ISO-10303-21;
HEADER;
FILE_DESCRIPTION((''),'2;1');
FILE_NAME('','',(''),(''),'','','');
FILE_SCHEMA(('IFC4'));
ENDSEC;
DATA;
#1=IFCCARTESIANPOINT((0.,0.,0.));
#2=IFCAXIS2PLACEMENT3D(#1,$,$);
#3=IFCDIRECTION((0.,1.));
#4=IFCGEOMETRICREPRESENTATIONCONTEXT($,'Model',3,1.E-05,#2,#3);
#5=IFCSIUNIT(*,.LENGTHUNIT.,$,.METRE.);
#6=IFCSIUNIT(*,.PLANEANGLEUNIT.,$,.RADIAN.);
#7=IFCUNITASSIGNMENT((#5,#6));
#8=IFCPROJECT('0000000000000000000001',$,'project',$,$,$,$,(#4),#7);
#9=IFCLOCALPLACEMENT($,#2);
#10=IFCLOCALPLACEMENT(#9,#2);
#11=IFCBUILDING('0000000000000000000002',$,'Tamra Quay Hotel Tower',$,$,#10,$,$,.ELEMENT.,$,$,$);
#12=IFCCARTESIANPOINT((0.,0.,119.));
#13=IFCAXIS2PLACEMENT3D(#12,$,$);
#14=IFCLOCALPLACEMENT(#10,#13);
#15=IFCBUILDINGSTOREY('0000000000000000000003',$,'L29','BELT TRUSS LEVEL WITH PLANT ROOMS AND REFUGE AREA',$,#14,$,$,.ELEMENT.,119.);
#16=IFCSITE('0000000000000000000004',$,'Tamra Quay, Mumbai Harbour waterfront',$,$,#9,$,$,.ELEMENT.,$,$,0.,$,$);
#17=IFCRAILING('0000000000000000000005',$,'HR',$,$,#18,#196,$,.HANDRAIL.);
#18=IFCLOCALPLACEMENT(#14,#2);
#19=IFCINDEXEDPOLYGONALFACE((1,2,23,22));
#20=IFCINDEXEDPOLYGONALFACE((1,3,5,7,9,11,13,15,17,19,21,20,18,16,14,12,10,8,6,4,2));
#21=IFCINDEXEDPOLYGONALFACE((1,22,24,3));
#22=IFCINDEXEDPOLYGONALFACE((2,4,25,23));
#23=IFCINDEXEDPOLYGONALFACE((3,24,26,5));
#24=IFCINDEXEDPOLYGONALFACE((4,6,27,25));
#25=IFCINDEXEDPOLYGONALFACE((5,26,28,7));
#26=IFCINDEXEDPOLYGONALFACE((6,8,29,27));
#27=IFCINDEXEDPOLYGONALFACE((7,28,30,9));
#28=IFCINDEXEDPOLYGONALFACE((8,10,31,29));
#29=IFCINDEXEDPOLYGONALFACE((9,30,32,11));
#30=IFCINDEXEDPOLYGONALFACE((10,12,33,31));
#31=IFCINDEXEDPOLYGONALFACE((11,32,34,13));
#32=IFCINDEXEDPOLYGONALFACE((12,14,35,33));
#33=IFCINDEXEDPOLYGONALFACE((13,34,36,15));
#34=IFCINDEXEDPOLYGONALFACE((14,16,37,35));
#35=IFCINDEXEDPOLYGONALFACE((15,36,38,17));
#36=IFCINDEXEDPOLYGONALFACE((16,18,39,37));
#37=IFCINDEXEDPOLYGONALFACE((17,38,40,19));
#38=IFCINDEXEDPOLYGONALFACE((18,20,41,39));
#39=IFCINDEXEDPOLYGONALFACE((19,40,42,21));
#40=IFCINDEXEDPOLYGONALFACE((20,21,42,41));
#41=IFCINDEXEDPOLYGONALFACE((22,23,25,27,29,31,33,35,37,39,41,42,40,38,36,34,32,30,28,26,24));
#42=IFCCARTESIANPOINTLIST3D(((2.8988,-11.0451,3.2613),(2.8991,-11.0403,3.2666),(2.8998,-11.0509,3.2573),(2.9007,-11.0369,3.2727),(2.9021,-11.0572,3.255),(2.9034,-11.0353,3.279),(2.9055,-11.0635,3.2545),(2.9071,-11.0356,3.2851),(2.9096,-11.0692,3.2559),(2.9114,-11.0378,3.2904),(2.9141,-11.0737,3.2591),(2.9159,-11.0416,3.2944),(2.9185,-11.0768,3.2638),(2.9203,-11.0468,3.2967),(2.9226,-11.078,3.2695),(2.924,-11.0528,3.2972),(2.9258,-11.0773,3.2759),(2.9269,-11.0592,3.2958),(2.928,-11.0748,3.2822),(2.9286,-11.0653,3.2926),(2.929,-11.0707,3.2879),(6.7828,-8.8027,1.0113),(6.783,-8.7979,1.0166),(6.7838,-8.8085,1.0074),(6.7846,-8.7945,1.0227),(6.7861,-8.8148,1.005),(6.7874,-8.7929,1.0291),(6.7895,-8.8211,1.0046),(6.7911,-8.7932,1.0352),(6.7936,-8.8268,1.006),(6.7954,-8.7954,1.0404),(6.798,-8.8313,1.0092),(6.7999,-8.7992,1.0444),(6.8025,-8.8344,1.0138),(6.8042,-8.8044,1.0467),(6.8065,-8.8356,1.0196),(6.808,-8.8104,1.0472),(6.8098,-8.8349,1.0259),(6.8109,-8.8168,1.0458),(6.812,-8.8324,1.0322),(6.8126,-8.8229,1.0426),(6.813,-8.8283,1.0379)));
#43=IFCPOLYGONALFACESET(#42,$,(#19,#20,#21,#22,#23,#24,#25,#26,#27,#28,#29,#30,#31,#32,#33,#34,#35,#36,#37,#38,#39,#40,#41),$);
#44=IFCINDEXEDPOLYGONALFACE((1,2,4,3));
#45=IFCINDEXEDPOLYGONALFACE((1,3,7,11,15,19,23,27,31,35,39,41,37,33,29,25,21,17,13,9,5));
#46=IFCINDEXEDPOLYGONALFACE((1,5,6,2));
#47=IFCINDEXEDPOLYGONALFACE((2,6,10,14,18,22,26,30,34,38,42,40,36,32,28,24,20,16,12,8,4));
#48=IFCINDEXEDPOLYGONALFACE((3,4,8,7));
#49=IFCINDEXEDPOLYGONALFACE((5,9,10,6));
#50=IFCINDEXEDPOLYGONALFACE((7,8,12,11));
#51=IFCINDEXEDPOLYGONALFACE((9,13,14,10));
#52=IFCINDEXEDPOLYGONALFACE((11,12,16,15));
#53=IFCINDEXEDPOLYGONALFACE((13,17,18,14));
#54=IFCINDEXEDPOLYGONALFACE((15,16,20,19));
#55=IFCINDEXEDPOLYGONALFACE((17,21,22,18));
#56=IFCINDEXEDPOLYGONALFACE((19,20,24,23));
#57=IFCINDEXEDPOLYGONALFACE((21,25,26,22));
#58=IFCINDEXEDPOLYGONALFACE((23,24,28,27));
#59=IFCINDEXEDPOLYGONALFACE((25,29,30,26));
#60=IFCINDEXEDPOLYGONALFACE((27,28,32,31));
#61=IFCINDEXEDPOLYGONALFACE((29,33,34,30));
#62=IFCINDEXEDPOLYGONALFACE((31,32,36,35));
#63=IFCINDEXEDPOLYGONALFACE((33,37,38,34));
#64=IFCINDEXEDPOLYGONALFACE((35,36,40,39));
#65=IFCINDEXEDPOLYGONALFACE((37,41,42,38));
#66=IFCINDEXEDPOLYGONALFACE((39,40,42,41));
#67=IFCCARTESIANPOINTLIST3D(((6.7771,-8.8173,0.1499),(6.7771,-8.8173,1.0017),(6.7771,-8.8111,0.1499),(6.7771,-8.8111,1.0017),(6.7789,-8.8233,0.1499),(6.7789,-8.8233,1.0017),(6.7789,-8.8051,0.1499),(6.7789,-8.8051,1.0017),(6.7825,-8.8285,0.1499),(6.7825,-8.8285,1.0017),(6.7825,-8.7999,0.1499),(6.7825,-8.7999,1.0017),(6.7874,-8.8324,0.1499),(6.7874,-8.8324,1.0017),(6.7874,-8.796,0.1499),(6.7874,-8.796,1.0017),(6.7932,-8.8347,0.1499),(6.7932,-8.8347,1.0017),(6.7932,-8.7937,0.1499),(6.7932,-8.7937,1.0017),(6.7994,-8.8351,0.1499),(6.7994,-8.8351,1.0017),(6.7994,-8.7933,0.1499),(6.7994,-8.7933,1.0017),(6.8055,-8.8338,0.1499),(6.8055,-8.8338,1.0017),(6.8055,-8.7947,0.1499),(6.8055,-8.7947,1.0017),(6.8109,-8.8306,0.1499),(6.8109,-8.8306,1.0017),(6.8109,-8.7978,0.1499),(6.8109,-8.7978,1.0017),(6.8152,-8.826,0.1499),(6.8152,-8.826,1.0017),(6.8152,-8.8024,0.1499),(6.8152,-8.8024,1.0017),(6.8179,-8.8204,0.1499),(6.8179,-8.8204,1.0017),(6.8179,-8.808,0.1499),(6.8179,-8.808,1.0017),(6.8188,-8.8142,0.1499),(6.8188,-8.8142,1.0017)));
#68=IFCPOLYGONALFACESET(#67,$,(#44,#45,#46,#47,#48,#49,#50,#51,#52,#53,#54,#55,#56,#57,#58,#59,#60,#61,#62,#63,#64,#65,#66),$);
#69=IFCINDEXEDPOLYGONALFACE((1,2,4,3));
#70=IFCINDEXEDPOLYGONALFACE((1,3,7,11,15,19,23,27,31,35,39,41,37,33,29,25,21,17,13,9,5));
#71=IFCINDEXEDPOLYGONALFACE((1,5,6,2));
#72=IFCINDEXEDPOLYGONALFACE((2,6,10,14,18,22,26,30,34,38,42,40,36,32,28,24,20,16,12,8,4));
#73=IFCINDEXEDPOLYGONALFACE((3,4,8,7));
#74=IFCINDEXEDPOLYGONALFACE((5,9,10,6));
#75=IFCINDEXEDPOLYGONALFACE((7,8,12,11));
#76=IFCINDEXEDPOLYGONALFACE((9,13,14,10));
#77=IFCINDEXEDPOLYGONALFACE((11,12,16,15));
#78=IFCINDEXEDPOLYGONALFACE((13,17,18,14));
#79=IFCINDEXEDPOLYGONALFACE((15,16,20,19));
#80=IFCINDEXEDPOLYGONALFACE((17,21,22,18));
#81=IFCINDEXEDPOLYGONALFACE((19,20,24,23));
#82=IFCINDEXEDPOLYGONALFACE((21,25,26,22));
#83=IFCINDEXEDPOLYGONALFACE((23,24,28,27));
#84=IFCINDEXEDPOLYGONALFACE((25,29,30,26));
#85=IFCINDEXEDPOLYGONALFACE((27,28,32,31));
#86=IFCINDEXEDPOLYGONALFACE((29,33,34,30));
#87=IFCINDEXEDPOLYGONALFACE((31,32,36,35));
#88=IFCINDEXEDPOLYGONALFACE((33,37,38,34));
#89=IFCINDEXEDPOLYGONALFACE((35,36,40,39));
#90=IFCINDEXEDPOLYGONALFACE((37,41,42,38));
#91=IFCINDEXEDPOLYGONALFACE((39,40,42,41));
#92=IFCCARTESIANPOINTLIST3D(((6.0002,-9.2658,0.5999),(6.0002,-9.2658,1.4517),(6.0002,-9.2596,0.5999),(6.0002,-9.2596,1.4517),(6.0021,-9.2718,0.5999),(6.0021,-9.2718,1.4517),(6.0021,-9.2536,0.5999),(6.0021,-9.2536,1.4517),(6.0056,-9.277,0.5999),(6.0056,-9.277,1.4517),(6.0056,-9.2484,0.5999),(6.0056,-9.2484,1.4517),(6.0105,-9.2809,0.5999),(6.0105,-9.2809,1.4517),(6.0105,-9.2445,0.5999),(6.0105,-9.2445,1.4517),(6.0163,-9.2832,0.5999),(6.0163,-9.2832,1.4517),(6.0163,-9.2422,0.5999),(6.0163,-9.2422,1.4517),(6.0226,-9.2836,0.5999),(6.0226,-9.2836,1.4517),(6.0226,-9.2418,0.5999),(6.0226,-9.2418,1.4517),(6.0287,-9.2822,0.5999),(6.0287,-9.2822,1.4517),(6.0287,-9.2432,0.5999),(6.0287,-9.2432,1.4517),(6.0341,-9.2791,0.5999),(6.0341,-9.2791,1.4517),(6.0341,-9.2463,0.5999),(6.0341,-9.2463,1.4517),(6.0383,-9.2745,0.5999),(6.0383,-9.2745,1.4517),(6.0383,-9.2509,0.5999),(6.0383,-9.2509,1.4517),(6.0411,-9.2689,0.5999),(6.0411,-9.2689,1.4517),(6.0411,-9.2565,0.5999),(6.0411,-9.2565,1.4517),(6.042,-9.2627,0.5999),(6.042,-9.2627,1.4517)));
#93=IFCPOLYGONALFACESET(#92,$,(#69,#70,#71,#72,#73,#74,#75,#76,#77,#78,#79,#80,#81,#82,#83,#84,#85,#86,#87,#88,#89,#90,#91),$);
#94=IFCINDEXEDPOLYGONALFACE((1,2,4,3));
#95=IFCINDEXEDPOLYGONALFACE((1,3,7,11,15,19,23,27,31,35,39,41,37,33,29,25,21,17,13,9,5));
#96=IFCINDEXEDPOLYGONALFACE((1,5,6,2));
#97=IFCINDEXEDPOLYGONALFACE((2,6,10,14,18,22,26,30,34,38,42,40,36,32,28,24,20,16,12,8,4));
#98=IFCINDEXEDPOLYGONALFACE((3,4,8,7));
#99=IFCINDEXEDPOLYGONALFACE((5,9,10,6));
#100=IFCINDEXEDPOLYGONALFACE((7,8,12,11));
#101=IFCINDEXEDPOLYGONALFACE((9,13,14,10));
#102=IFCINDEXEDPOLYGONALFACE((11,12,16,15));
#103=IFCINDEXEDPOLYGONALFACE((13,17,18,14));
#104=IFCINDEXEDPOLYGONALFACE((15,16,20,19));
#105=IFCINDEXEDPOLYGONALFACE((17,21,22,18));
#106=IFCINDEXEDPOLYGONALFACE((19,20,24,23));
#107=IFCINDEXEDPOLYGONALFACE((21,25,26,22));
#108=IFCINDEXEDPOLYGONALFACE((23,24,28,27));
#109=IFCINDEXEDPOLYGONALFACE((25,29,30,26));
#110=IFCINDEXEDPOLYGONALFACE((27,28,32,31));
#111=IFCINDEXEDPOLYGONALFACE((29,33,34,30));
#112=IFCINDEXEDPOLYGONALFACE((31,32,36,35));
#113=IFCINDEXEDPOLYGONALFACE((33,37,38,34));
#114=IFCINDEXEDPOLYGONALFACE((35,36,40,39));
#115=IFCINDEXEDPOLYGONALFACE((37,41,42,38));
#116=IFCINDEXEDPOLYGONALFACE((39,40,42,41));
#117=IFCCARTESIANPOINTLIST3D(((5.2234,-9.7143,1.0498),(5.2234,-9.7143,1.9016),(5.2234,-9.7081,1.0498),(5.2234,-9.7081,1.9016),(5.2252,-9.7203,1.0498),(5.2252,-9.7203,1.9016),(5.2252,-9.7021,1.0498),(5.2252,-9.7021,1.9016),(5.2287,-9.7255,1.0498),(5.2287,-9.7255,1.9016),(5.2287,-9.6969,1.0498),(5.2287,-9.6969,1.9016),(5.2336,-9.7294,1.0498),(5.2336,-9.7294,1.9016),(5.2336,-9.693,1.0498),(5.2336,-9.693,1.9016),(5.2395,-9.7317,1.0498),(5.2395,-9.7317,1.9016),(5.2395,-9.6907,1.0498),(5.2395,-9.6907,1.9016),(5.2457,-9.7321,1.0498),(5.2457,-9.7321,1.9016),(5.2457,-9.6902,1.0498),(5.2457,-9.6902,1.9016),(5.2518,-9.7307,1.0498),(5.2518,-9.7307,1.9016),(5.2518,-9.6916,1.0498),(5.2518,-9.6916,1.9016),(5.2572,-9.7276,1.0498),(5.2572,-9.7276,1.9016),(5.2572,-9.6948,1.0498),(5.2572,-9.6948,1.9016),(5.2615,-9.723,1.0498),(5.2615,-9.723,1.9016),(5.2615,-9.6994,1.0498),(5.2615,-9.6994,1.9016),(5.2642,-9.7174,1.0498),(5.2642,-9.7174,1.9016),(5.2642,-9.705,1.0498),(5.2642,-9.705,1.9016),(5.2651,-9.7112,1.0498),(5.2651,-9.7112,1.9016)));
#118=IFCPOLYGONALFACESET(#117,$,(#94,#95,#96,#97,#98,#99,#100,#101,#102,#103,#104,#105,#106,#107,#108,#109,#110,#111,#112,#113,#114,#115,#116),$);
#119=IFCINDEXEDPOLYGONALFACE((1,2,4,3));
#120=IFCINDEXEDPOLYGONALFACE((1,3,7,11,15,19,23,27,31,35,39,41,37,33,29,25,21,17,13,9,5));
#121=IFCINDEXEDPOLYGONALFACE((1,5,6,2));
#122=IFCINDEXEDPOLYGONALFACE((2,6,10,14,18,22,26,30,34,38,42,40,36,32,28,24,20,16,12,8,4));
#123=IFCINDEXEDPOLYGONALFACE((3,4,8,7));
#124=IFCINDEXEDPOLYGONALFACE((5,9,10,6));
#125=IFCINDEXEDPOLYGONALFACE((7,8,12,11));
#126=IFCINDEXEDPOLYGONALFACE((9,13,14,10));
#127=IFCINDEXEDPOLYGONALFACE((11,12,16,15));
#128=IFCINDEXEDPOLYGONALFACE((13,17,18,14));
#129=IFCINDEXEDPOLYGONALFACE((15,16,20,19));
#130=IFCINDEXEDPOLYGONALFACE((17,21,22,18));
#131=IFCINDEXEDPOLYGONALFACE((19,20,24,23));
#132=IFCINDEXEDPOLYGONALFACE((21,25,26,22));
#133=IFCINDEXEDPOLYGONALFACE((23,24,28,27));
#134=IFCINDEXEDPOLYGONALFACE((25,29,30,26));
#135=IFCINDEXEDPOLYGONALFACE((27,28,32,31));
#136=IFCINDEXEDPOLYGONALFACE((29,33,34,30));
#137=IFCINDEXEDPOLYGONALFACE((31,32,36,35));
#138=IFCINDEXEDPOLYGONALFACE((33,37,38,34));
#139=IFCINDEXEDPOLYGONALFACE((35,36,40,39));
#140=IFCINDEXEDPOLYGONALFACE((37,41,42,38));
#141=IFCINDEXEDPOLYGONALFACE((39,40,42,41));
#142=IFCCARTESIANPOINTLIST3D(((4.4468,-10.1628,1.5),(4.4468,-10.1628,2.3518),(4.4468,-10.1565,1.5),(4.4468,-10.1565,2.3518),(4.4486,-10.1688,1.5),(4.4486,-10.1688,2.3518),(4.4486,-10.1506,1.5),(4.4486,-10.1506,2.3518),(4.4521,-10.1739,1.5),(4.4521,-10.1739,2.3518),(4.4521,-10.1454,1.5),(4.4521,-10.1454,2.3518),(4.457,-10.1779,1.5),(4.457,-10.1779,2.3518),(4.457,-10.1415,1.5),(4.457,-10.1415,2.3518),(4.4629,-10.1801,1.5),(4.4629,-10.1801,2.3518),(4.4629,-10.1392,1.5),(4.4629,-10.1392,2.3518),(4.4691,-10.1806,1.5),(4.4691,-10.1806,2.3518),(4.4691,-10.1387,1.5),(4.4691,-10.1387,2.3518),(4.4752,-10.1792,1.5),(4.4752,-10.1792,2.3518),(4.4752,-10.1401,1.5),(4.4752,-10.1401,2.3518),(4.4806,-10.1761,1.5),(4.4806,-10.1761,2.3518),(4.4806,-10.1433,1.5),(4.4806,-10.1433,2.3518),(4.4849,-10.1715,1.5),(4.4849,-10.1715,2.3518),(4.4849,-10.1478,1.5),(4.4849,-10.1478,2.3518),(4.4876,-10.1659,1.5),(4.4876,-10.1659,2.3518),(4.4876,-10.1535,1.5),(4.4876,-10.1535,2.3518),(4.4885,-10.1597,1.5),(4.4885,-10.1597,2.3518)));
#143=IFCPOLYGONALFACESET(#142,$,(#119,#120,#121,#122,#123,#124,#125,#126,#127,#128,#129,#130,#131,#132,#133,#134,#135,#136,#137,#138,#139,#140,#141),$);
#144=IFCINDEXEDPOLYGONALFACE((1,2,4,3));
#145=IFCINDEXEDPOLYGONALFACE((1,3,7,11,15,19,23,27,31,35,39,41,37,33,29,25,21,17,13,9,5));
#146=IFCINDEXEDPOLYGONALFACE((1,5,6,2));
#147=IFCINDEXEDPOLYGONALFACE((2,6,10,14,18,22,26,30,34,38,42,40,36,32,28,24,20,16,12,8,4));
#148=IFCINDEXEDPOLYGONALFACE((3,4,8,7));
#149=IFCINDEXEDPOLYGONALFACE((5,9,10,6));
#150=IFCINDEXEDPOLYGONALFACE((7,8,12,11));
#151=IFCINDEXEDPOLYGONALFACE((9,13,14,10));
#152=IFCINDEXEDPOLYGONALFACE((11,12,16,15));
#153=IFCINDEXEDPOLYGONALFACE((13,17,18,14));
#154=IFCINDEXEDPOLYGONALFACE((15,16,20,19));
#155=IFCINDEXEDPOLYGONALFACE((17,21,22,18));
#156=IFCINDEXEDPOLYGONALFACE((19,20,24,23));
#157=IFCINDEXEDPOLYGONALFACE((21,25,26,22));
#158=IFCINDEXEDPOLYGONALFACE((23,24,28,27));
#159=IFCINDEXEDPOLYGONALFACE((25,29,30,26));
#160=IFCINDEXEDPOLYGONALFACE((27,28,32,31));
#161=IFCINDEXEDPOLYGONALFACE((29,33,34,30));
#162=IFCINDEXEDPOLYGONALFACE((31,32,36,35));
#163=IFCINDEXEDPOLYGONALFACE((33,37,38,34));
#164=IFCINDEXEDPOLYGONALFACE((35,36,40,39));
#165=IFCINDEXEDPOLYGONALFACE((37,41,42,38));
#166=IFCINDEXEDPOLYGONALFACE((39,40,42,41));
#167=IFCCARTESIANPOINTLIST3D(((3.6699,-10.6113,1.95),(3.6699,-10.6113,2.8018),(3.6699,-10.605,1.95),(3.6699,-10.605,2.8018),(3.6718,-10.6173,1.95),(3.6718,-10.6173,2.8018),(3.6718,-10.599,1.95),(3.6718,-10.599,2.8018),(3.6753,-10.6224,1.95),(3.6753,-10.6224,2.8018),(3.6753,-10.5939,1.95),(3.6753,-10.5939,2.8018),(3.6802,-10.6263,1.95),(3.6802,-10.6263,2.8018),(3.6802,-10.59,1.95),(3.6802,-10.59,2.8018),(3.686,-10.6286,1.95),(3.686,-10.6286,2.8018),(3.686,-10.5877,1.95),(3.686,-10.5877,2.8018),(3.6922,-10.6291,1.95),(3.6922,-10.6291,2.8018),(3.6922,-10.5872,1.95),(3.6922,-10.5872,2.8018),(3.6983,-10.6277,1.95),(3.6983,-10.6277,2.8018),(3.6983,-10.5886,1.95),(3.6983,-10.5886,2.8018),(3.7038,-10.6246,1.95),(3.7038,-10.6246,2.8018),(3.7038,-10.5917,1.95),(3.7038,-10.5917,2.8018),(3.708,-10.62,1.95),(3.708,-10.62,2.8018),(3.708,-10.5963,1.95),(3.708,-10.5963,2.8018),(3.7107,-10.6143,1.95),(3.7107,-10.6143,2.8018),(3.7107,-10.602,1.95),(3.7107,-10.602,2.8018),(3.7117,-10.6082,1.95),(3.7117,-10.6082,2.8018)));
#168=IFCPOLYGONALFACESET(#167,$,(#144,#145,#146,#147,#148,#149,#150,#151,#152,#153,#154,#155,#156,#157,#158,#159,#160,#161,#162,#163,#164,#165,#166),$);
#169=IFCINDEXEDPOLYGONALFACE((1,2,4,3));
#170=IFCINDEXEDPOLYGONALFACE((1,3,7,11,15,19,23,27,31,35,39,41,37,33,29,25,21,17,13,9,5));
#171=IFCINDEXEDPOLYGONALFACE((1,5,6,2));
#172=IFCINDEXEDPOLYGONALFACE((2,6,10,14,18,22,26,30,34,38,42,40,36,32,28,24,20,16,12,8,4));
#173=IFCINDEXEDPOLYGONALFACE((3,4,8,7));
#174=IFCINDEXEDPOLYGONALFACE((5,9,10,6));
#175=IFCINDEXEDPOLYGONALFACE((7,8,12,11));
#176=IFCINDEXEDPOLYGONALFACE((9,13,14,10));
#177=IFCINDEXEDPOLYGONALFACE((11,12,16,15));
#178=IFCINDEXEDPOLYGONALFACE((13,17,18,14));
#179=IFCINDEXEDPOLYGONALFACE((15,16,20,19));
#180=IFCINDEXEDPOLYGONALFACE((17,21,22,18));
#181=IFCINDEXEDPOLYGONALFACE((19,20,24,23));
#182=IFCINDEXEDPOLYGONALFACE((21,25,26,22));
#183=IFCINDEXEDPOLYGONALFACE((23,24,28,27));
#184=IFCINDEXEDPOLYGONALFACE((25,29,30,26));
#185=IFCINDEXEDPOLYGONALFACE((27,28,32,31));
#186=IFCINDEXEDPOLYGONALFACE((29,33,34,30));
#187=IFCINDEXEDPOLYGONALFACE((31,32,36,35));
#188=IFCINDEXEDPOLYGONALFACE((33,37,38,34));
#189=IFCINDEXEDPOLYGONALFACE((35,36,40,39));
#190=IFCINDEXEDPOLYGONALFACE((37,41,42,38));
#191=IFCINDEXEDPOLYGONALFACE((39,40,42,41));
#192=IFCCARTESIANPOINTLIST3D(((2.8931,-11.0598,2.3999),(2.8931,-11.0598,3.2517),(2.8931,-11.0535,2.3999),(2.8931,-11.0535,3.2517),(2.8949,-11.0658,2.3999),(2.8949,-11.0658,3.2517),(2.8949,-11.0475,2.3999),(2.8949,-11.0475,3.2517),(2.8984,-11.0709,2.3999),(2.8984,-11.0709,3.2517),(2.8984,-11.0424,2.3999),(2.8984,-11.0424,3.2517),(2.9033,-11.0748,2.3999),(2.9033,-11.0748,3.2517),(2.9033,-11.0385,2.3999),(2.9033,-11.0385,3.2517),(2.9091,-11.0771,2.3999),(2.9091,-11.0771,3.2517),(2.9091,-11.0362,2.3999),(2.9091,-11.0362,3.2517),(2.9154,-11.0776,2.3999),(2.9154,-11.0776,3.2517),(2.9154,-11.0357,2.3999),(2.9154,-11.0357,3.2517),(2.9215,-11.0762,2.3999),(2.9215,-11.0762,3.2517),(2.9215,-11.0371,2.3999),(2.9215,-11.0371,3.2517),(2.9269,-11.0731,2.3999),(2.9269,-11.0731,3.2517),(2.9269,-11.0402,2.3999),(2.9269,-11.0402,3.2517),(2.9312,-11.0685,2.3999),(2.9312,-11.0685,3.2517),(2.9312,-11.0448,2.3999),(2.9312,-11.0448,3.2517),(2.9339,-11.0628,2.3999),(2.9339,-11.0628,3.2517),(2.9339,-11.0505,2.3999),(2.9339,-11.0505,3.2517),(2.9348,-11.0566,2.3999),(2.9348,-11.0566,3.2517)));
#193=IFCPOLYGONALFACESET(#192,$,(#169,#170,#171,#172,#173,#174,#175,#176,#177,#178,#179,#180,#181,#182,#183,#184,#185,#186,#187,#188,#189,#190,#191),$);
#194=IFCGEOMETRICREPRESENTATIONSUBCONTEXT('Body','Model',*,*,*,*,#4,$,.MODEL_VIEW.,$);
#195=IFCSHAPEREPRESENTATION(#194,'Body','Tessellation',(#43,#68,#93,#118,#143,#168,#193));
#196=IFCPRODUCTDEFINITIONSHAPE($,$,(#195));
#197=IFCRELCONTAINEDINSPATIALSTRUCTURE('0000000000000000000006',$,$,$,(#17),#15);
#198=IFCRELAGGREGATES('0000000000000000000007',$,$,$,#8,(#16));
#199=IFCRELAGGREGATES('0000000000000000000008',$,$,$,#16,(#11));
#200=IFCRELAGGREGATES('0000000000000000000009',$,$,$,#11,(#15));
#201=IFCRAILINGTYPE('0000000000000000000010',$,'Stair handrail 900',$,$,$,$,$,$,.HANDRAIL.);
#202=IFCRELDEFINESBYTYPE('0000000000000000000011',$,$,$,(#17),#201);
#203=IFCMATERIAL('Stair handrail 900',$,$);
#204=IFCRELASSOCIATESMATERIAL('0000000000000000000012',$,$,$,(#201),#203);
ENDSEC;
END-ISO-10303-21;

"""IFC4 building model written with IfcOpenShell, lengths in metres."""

from ifc_helpers import new_model, si_unit, direction, frame, origin, origin_2d, place, context, subcontext, project, spatial, circle, extrude, material, type_object, element, save


model = new_model("IFC4")

# Units and contexts
model_context = context("Model", 3, precision=1e-05, world=origin(), true_north=direction((0.0, 1.0)))
body_context = subcontext(model_context, "Body", "Model", "MODEL_VIEW")
ifc_project = project(units=[si_unit("LENGTHUNIT", "METRE"), si_unit("PLANEANGLEUNIT", "RADIAN")], contexts=[model_context])

# Site, building, storey
site_placement = place(None, origin())
site = spatial("IfcSite", under=ifc_project, at=site_placement, Name="Tamra Quay, Mumbai Harbour waterfront", CompositionType="ELEMENT", RefElevation=0.0)
building_placement = place(site_placement, origin())
building = spatial("IfcBuilding", under=site, at=building_placement, Name="Tamra Quay Hotel Tower", CompositionType="ELEMENT")
storey_placement = place(building_placement, frame((0.0, 0.0, 119.0)))
storey = spatial("IfcBuildingStorey", under=building, at=storey_placement, Name="L29", Description="BELT TRUSS LEVEL WITH PLANT ROOMS AND REFUGE AREA", CompositionType="ELEMENT", Elevation=119.0)

# Railing
ifc_material_1 = material(Name="Stair handrail 900")
railing_type_1 = type_object("IfcRailingType", Name="Stair handrail 900", PredefinedType="HANDRAIL", material=ifc_material_1)
railing_1_placement = place(storey_placement, frame((6.7979, -8.8142, 0.1499)))
element("IfcRailing", 1, at=railing_1_placement, inside=storey, type_object=railing_type_1, Name="HR", PredefinedType="HANDRAIL", context=body_context, shape_type="SweptSolid", body=[
    extrude(circle(Radius=0.0239, at=origin_2d()), frame((0.0, 0.0, 0.876), z_axis=(-0.774076, -0.44691, 0.448418), x_axis=(0.499997, -0.866027, 0.0)), (0.0, 0.0, 1.0), 5.0176),
    extrude(circle(Radius=0.021, at=origin_2d()), origin(), (0.0, 0.0, 1.0), 0.8518),
    extrude(circle(Radius=0.021, at=origin_2d()), frame((-0.7769, -0.4485, 0.45)), (0.0, 0.0, 1.0), 0.8518),
    extrude(circle(Radius=0.021, at=origin_2d()), frame((-1.5537, -0.897, 0.8999)), (0.0, 0.0, 1.0), 0.8518),
    extrude(circle(Radius=0.021, at=origin_2d()), frame((-2.3303, -1.3455, 1.3501)), (0.0, 0.0, 1.0), 0.8518),
    extrude(circle(Radius=0.021, at=origin_2d()), frame((-3.1072, -1.7939, 1.8)), (0.0, 0.0, 1.0), 0.8518),
    extrude(circle(Radius=0.021, at=origin_2d()), frame((-3.884, -2.2424, 2.25)), (0.0, 0.0, 1.0), 0.8518),
])

save(model, "model.ifc")
